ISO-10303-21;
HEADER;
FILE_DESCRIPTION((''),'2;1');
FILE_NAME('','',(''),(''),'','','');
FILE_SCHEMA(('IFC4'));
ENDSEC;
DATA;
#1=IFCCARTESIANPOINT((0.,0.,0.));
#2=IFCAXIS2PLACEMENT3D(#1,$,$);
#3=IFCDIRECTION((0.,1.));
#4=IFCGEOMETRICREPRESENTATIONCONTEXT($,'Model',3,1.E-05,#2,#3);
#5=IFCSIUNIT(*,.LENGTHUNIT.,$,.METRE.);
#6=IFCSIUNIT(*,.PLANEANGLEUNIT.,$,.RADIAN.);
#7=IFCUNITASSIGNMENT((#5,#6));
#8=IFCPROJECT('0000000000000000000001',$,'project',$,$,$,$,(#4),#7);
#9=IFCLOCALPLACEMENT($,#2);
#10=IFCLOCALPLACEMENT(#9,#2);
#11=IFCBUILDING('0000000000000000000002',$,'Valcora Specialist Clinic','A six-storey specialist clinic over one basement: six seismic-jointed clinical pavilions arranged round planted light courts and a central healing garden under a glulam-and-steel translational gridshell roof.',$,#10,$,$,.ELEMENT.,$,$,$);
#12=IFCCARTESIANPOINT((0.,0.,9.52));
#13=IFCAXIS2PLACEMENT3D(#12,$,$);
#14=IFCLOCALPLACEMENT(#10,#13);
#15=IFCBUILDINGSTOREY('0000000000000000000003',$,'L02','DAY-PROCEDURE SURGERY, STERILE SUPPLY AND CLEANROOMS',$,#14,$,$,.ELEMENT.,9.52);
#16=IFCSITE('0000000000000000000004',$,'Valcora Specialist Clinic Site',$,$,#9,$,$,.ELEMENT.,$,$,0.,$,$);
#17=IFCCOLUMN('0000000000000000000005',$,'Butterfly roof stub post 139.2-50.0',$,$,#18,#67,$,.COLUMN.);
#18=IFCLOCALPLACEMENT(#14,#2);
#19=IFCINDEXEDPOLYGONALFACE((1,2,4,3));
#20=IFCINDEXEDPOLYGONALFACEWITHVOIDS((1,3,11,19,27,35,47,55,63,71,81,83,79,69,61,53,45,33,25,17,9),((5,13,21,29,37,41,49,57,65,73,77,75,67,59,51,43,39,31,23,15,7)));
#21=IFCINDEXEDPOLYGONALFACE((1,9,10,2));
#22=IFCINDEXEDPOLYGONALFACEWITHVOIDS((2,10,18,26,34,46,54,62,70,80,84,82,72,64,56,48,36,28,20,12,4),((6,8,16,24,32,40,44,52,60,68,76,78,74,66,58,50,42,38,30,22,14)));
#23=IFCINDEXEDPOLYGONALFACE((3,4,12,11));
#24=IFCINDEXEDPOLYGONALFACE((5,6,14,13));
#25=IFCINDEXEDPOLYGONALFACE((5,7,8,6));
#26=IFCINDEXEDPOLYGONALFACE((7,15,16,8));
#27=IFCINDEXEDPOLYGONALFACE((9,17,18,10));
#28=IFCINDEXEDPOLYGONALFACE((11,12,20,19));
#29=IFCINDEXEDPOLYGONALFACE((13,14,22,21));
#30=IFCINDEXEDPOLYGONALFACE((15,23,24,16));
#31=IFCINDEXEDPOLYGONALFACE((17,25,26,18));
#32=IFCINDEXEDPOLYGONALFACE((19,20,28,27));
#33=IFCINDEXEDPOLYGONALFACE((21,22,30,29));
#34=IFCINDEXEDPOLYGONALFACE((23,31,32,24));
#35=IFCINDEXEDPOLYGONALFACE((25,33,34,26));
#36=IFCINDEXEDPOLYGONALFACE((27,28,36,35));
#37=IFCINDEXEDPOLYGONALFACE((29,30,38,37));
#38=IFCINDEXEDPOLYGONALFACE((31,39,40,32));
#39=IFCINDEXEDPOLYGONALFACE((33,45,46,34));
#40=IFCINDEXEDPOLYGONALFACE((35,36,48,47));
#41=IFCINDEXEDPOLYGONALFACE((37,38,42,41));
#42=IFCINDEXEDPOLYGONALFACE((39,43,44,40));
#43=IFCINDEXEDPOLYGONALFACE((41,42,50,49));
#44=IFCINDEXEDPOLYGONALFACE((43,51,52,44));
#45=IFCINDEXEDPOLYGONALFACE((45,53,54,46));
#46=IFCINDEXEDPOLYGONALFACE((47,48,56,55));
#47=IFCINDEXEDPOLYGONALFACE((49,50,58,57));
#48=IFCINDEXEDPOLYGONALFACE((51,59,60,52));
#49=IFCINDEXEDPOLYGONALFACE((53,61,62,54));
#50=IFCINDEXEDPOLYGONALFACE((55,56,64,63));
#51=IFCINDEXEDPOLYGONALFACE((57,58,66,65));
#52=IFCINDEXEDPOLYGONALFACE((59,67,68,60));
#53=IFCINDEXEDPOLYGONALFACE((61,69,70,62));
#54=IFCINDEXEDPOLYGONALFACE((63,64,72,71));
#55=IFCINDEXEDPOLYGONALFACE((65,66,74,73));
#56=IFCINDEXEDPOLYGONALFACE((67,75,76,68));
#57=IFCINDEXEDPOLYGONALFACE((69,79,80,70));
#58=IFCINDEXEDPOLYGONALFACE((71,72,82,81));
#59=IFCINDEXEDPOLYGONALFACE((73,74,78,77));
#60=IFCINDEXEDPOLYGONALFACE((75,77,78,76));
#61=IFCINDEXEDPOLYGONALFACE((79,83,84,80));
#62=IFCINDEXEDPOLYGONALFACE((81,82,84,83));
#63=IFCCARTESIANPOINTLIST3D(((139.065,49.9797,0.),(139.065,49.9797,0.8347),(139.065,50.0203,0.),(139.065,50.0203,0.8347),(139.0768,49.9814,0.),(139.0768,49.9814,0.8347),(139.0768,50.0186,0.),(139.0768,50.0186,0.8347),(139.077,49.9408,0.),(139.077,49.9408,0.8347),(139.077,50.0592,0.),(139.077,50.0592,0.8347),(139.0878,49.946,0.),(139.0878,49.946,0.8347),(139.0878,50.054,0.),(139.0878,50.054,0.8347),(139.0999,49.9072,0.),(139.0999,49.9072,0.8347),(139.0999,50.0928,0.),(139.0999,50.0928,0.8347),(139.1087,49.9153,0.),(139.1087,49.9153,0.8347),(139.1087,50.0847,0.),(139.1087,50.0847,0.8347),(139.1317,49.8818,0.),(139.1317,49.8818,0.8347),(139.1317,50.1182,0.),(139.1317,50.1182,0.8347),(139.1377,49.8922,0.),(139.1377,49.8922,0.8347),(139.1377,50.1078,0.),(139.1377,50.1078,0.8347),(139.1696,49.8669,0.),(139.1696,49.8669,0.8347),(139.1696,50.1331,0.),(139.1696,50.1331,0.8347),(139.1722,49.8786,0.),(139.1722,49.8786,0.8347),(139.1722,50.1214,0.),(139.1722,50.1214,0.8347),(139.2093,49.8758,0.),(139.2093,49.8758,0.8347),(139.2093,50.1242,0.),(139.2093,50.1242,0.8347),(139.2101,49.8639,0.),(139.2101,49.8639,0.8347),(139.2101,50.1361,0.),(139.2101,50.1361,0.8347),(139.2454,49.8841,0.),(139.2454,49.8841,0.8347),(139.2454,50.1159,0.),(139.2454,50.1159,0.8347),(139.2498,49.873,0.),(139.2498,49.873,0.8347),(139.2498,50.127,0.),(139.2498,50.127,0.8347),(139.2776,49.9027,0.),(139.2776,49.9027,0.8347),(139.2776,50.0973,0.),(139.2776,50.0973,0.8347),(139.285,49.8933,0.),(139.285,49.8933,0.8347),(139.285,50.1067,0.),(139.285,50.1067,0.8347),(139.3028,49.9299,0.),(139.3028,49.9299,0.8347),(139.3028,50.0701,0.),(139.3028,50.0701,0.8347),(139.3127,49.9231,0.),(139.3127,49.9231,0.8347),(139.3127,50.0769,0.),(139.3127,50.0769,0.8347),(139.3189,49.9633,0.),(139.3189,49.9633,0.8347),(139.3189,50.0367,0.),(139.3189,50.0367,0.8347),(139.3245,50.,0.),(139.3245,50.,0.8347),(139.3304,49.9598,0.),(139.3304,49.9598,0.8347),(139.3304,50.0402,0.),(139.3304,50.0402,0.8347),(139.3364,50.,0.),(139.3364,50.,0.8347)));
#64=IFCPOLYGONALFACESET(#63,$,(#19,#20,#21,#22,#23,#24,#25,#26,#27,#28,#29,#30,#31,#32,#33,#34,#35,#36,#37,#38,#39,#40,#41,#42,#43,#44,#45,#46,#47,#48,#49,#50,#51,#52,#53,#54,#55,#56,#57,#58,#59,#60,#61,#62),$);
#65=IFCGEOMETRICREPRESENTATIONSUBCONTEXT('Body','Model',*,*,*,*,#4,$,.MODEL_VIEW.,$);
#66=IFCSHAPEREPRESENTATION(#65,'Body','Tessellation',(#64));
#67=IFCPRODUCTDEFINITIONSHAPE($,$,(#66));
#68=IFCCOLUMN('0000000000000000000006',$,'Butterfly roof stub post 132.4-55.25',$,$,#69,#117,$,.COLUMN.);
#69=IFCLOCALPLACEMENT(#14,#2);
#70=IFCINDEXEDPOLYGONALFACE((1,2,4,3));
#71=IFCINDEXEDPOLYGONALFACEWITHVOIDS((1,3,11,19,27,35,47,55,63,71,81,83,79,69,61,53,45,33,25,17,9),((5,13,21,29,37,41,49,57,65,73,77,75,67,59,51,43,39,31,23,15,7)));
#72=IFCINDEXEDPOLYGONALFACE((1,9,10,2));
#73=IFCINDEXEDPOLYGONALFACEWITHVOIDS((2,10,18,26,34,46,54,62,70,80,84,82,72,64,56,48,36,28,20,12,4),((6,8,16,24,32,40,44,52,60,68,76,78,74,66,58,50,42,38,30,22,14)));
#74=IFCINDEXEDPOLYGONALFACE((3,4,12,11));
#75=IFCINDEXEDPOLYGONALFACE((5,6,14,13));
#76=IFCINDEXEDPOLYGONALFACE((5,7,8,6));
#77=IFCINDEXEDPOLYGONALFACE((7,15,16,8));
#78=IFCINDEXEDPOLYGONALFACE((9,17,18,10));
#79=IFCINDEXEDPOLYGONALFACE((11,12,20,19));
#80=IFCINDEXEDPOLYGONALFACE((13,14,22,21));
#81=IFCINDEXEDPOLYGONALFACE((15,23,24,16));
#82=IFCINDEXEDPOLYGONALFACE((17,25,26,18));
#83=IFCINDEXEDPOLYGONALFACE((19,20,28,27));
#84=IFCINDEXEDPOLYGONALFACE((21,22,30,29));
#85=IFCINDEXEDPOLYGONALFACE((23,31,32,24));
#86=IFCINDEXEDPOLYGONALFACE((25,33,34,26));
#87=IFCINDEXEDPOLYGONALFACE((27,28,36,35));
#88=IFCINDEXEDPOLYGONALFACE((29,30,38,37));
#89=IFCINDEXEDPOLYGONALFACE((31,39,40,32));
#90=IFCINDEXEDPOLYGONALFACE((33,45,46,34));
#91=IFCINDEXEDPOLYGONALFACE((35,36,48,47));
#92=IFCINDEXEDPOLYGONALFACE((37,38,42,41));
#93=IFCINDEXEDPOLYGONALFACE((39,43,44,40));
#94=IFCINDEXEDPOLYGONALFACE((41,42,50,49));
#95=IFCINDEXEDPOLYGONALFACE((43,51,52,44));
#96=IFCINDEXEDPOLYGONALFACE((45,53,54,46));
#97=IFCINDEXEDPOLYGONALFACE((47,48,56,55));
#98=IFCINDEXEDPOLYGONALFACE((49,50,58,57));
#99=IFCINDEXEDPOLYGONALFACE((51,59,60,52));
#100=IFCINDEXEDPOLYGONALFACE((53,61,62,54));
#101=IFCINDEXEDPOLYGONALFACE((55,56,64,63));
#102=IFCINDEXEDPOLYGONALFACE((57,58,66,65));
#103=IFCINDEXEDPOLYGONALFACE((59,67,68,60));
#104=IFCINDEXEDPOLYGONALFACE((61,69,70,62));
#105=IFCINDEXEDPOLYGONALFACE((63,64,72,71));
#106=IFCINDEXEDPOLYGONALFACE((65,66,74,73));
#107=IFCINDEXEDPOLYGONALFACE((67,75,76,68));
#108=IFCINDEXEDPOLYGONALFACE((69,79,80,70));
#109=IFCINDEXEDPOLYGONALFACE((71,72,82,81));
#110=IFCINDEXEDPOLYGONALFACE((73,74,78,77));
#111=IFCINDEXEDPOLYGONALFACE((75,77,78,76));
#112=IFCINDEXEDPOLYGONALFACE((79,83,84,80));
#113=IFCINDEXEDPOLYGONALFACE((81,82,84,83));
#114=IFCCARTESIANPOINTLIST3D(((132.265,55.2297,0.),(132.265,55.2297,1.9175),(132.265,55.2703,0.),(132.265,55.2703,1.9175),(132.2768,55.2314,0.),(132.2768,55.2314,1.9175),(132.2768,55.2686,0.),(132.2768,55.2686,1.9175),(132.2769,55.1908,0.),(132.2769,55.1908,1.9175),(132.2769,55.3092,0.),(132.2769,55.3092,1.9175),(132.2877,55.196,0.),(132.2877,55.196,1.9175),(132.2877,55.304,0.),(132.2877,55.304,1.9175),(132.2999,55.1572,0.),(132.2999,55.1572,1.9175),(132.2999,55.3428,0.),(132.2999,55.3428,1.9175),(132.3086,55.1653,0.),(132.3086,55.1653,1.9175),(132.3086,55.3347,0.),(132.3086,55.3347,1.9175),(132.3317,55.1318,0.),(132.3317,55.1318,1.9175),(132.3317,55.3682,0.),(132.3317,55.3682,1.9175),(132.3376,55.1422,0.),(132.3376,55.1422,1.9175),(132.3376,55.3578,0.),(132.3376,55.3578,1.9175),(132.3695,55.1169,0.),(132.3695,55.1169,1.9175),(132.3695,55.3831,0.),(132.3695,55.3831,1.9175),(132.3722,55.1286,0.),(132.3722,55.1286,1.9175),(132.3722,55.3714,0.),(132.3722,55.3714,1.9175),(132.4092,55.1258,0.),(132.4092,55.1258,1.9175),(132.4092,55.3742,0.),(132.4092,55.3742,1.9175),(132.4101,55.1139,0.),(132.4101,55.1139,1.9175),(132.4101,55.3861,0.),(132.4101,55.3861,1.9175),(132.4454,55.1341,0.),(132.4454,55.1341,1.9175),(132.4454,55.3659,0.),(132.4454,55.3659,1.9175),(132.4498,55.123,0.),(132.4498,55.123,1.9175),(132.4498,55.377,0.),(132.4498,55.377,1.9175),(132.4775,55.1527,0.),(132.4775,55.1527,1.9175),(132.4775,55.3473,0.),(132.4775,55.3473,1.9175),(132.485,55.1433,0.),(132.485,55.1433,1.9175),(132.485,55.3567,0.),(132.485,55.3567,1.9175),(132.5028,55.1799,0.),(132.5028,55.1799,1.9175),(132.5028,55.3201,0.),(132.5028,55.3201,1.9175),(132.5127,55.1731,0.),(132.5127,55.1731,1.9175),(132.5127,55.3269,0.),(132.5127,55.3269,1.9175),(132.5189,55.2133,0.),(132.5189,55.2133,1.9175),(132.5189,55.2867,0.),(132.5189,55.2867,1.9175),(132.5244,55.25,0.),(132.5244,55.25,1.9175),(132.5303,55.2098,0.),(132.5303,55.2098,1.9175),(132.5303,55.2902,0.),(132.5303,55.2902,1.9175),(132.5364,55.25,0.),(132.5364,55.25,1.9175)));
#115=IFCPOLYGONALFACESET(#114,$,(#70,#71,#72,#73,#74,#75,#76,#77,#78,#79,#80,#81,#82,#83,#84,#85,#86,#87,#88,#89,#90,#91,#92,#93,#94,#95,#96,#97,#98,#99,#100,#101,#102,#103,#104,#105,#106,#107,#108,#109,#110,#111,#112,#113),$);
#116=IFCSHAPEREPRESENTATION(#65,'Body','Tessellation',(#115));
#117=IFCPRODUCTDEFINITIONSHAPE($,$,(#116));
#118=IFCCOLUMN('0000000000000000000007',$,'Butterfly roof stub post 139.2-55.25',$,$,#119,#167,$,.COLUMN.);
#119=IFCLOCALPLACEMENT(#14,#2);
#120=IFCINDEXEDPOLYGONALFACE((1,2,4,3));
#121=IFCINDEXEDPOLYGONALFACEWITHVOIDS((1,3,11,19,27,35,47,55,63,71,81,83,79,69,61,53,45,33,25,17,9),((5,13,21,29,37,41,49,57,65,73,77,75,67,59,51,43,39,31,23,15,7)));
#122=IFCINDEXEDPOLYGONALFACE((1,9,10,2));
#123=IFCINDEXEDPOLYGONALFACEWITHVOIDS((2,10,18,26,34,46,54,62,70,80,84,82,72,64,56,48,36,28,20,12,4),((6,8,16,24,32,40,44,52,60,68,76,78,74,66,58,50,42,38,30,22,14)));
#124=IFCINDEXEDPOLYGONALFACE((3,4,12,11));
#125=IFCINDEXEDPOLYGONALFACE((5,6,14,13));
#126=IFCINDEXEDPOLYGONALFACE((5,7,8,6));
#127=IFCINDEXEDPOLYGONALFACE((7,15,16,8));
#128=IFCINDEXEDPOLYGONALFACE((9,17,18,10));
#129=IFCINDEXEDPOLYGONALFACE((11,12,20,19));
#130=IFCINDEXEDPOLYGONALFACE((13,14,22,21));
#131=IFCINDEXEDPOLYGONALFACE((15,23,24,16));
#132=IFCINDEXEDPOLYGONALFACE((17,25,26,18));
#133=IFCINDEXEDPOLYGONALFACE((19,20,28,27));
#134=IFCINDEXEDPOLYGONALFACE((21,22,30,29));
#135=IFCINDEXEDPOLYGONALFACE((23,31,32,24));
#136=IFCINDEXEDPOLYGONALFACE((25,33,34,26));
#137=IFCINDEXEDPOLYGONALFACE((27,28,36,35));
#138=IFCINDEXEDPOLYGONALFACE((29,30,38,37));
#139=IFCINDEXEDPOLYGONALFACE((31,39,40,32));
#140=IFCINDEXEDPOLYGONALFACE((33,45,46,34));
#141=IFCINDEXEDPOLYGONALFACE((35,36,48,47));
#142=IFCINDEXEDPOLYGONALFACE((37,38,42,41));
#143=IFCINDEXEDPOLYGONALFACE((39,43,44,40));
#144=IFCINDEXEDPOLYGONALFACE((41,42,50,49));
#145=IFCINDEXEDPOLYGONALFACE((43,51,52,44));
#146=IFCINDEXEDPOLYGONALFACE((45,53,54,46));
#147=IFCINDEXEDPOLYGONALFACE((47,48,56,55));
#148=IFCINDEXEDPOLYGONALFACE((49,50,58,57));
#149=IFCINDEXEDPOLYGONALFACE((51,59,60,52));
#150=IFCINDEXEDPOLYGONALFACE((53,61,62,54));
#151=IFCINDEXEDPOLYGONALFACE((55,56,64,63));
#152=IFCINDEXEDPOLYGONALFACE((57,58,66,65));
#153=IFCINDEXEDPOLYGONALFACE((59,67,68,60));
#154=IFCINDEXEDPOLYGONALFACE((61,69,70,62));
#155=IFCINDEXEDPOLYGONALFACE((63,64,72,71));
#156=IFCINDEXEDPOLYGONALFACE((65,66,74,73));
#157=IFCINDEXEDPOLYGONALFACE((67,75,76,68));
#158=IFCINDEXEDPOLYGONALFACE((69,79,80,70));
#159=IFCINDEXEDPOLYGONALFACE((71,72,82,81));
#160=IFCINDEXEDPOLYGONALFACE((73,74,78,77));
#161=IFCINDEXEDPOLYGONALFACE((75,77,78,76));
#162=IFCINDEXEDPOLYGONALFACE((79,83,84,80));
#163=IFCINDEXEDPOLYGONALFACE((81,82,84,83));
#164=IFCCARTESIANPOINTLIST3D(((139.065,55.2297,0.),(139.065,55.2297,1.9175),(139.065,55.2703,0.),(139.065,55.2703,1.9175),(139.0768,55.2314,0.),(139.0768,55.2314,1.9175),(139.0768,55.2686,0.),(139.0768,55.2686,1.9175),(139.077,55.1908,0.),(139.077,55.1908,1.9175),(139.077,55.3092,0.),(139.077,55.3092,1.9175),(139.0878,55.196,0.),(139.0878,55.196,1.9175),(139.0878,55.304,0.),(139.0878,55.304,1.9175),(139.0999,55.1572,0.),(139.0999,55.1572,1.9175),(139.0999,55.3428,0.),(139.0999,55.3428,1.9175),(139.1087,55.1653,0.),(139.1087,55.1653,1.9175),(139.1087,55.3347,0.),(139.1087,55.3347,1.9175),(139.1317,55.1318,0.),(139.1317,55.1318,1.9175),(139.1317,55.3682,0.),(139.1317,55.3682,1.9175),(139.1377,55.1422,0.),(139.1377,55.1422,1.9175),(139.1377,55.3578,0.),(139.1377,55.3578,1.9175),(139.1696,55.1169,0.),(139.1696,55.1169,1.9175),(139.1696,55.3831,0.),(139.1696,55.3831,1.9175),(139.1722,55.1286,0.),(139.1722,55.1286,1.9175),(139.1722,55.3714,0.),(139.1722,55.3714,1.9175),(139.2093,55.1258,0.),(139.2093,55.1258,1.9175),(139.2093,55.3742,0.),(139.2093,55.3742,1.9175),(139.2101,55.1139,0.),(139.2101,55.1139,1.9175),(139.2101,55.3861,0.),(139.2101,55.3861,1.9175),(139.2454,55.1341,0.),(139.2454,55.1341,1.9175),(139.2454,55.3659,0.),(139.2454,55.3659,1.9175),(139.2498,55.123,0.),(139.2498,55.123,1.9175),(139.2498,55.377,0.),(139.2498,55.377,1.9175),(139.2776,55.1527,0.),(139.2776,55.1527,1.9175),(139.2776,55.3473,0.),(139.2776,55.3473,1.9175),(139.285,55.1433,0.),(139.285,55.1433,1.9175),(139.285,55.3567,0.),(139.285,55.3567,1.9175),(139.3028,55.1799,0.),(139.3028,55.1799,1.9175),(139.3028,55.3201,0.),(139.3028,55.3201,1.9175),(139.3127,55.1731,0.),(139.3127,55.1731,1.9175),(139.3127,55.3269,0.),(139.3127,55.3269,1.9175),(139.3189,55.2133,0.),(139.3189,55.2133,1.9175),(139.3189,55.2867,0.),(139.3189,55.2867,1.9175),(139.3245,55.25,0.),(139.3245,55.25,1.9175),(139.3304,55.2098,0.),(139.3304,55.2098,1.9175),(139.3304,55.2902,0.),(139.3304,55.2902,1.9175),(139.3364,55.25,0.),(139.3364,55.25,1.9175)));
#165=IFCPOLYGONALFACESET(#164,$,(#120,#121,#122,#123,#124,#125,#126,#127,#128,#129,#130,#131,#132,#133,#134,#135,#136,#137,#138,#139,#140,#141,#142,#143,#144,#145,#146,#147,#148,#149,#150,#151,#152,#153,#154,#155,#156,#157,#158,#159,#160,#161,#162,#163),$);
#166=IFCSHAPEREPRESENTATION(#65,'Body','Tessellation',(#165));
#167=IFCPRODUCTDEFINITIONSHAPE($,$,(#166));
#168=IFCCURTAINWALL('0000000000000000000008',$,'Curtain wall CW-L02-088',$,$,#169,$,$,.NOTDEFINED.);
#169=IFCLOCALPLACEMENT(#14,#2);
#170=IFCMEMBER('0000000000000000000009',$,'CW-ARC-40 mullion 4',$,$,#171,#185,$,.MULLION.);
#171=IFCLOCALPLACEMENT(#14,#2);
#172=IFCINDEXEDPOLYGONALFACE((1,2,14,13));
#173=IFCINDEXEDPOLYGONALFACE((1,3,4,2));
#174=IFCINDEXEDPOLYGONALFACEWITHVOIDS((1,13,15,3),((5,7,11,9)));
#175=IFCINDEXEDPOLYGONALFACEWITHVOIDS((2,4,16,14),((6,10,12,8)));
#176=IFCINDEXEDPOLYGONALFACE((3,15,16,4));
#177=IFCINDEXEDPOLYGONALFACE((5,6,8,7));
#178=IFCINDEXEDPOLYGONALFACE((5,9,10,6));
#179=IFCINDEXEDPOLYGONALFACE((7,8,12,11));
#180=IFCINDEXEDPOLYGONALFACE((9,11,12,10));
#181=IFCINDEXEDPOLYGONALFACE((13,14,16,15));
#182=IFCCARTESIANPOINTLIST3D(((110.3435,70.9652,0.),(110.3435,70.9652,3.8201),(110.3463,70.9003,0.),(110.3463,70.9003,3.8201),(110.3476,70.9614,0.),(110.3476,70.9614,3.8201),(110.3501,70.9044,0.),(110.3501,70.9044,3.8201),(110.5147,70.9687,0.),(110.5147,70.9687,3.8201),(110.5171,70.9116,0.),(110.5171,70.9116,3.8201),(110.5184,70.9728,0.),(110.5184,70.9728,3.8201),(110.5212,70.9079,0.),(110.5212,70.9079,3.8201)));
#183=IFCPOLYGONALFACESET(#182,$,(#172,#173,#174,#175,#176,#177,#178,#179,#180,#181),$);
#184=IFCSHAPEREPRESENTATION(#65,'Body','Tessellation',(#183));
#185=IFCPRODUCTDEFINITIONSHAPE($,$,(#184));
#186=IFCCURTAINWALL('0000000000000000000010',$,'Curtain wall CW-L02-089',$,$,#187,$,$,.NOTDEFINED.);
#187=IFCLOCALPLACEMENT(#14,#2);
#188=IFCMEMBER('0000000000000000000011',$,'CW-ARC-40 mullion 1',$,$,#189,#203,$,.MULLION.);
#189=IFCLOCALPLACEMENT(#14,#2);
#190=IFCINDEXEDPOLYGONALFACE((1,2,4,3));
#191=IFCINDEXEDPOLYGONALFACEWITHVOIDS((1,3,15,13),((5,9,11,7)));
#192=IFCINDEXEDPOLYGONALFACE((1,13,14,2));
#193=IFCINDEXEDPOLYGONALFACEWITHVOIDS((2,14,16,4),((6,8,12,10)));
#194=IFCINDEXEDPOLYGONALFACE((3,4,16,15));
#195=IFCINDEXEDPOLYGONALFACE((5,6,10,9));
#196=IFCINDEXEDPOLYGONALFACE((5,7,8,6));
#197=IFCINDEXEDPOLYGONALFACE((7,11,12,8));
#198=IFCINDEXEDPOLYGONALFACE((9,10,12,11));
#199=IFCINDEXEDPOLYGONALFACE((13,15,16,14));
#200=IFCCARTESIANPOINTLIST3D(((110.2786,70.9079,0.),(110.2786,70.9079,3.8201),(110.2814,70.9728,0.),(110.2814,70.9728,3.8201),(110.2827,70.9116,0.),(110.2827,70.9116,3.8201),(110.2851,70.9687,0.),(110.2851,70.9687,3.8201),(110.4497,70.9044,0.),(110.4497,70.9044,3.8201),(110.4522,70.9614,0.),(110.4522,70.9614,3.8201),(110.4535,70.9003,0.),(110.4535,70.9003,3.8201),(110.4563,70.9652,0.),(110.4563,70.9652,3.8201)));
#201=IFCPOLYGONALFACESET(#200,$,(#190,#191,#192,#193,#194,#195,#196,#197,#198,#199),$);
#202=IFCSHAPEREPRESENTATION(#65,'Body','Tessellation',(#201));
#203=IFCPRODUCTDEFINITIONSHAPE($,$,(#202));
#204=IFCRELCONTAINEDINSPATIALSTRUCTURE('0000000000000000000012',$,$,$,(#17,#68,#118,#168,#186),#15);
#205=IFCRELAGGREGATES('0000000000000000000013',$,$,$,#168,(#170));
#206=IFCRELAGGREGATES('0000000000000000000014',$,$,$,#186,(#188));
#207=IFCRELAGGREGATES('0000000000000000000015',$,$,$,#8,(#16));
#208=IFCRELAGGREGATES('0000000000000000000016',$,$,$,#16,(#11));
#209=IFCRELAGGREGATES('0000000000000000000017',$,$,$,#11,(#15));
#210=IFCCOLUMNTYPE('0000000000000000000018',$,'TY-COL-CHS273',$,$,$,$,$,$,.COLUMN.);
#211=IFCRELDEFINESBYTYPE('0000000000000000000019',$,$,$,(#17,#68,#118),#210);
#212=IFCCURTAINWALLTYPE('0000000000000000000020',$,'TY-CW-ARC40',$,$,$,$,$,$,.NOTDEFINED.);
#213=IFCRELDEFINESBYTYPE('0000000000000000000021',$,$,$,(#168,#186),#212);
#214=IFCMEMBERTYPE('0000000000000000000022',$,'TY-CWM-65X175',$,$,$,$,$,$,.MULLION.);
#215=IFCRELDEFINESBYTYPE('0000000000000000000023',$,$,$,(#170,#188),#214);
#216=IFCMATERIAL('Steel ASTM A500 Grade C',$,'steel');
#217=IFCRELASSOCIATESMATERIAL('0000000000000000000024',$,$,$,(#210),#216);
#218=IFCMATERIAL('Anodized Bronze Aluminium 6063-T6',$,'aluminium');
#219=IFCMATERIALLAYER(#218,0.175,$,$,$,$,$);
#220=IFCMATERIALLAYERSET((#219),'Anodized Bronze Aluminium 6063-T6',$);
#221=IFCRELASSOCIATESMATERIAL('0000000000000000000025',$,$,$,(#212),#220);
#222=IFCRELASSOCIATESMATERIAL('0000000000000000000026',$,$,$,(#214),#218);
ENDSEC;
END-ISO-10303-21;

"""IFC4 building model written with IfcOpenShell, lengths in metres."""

from ifc_helpers import new_model, si_unit, direction, frame, origin, origin_2d, place, context, subcontext, project, spatial, hollow_rectangle, hollow_circle, extrude, material, layer, layer_set, material_profile, profile_set, type_object, element, aggregate, save


model = new_model("IFC4")

# Units and contexts
model_context = context("Model", 3, precision=1e-05, world=origin(), true_north=direction((0.0, 1.0)))
body_context = subcontext(model_context, "Body", "Model", "MODEL_VIEW")
ifc_project = project(units=[si_unit("LENGTHUNIT", "METRE"), si_unit("PLANEANGLEUNIT", "RADIAN")], contexts=[model_context])

# Site, building, storey
site_placement = place(None, origin())
site = spatial("IfcSite", under=ifc_project, at=site_placement, Name="Valcora Specialist Clinic Site", CompositionType="ELEMENT", RefElevation=0.0)
building_placement = place(site_placement, origin())
building = spatial("IfcBuilding", under=site, at=building_placement, Name="Valcora Specialist Clinic", Description="A six-storey specialist clinic over one basement: six seismic-jointed clinical pavilions arranged round planted light courts and a central healing garden under a glulam-and-steel translational gridshell roof.", CompositionType="ELEMENT")
storey_placement = place(building_placement, frame((0.0, 0.0, 9.52)))
storey = spatial("IfcBuildingStorey", under=building, at=storey_placement, Name="L02", Description="DAY-PROCEDURE SURGERY, STERILE SUPPLY AND CLEANROOMS", CompositionType="ELEMENT", Elevation=9.52)

# Columns
ifc_material_1 = material(Name="Steel ASTM A500 Grade C", Category="steel")
ifc_material_profile_1 = material_profile(ifc_material_1, hollow_circle(Radius=0.1365, WallThickness=0.012, at=origin_2d()), Name="ST-CHS-273X12")
ifc_profile_set_1 = profile_set([ifc_material_profile_1], Name="Steel ASTM A500 Grade C")
column_type = type_object("IfcColumnType", Name="TY-COL-CHS273", PredefinedType="COLUMN", material=ifc_profile_set_1)
for number, where, z_axis, x_axis, name in (
    (1, (139.2, 50.0, 0.0), (0.0, 0.0, 1.0), (1.0, 0.0, 0.0), "Butterfly roof stub post 139.2-50.0"),
):
    element("IfcColumn", number, at=place(storey_placement, frame(where, z_axis=z_axis, x_axis=x_axis)), inside=storey, type_object=column_type, Name=name, PredefinedType="COLUMN", context=body_context, shape_type="SweptSolid", body=[
        extrude(hollow_circle(Radius=0.1365, WallThickness=0.012, at=origin_2d()), origin(), (0.0, 0.0, 1.0), 0.8347),
    ])
for number, where, z_axis, x_axis, name in (
    (2, (132.3999, 55.25, 0.0), (0.0, 0.0, 1.0), (1.0, 0.0, 0.0), "Butterfly roof stub post 132.4-55.25"),
    (3, (139.2, 55.25, 0.0), (0.0, 0.0, 1.0), (1.0, 0.0, 0.0), "Butterfly roof stub post 139.2-55.25"),
):
    element("IfcColumn", number, at=place(storey_placement, frame(where, z_axis=z_axis, x_axis=x_axis)), inside=storey, type_object=column_type, Name=name, PredefinedType="COLUMN", context=body_context, shape_type="SweptSolid", body=[
        extrude(hollow_circle(Radius=0.1365, WallThickness=0.012, at=origin_2d()), origin(), (0.0, 0.0, 1.0), 1.9175),
    ])

# Curtain walls, members
ifc_material_2 = material(Name="Anodized Bronze Aluminium 6063-T6", Category="aluminium")
ifc_layer_1 = layer(ifc_material_2, 0.175)
ifc_layer_set_1 = layer_set([ifc_layer_1], Name="Anodized Bronze Aluminium 6063-T6")
curtain_wall_type = type_object("IfcCurtainWallType", Name="TY-CW-ARC40", PredefinedType="NOTDEFINED", material=ifc_layer_set_1)
curtain_wall_1_placement = place(storey_placement, origin())
curtain_wall_1 = element("IfcCurtainWall", 4, at=curtain_wall_1_placement, inside=storey, type_object=curtain_wall_type, Name="Curtain wall CW-L02-088", PredefinedType="NOTDEFINED")
ifc_material_profile_2 = material_profile(ifc_material_2, hollow_rectangle(XDim=0.0649, YDim=0.175, WallThickness=0.0039, at=origin_2d()), Name="AL-MUL-65X175")
ifc_profile_set_2 = profile_set([ifc_material_profile_2], Name="Anodized Bronze Aluminium 6063-T6")
member_type_1 = type_object("IfcMemberType", Name="TY-CWM-65X175", PredefinedType="MULLION", material=ifc_profile_set_2)
member_1_placement = place(storey_placement, frame((110.4324, 70.9365, 0.0), z_axis=(0.0, 0.0, 1.0), x_axis=(0.043307, -0.999062, 0.0)))
member_1 = element("IfcMember", 5, at=member_1_placement, type_object=member_type_1, Name="CW-ARC-40 mullion 4", PredefinedType="MULLION", context=body_context, shape_type="SweptSolid", body=[
    extrude(hollow_rectangle(XDim=0.0649, YDim=0.175, WallThickness=0.0039, at=origin_2d()), origin(), (0.0, 0.0, 1.0), 3.8201),
])
aggregate(curtain_wall_1, [member_1])
curtain_wall_2_placement = place(storey_placement, origin())
curtain_wall_2 = element("IfcCurtainWall", 6, at=curtain_wall_2_placement, inside=storey, type_object=curtain_wall_type, Name="Curtain wall CW-L02-089", PredefinedType="NOTDEFINED")
member_2_placement = place(storey_placement, frame((110.3674, 70.9365, 0.0), z_axis=(0.0, 0.0, 1.0), x_axis=(-0.043307, -0.999062, 0.0)))
member_2 = element("IfcMember", 7, at=member_2_placement, type_object=member_type_1, Name="CW-ARC-40 mullion 1", PredefinedType="MULLION", context=body_context, shape_type="SweptSolid", body=[
    extrude(hollow_rectangle(XDim=0.0649, YDim=0.175, WallThickness=0.0039, at=origin_2d()), origin(), (0.0, 0.0, 1.0), 3.8201),
])

aggregate(curtain_wall_2, [member_2])

save(model, "model.ifc")
